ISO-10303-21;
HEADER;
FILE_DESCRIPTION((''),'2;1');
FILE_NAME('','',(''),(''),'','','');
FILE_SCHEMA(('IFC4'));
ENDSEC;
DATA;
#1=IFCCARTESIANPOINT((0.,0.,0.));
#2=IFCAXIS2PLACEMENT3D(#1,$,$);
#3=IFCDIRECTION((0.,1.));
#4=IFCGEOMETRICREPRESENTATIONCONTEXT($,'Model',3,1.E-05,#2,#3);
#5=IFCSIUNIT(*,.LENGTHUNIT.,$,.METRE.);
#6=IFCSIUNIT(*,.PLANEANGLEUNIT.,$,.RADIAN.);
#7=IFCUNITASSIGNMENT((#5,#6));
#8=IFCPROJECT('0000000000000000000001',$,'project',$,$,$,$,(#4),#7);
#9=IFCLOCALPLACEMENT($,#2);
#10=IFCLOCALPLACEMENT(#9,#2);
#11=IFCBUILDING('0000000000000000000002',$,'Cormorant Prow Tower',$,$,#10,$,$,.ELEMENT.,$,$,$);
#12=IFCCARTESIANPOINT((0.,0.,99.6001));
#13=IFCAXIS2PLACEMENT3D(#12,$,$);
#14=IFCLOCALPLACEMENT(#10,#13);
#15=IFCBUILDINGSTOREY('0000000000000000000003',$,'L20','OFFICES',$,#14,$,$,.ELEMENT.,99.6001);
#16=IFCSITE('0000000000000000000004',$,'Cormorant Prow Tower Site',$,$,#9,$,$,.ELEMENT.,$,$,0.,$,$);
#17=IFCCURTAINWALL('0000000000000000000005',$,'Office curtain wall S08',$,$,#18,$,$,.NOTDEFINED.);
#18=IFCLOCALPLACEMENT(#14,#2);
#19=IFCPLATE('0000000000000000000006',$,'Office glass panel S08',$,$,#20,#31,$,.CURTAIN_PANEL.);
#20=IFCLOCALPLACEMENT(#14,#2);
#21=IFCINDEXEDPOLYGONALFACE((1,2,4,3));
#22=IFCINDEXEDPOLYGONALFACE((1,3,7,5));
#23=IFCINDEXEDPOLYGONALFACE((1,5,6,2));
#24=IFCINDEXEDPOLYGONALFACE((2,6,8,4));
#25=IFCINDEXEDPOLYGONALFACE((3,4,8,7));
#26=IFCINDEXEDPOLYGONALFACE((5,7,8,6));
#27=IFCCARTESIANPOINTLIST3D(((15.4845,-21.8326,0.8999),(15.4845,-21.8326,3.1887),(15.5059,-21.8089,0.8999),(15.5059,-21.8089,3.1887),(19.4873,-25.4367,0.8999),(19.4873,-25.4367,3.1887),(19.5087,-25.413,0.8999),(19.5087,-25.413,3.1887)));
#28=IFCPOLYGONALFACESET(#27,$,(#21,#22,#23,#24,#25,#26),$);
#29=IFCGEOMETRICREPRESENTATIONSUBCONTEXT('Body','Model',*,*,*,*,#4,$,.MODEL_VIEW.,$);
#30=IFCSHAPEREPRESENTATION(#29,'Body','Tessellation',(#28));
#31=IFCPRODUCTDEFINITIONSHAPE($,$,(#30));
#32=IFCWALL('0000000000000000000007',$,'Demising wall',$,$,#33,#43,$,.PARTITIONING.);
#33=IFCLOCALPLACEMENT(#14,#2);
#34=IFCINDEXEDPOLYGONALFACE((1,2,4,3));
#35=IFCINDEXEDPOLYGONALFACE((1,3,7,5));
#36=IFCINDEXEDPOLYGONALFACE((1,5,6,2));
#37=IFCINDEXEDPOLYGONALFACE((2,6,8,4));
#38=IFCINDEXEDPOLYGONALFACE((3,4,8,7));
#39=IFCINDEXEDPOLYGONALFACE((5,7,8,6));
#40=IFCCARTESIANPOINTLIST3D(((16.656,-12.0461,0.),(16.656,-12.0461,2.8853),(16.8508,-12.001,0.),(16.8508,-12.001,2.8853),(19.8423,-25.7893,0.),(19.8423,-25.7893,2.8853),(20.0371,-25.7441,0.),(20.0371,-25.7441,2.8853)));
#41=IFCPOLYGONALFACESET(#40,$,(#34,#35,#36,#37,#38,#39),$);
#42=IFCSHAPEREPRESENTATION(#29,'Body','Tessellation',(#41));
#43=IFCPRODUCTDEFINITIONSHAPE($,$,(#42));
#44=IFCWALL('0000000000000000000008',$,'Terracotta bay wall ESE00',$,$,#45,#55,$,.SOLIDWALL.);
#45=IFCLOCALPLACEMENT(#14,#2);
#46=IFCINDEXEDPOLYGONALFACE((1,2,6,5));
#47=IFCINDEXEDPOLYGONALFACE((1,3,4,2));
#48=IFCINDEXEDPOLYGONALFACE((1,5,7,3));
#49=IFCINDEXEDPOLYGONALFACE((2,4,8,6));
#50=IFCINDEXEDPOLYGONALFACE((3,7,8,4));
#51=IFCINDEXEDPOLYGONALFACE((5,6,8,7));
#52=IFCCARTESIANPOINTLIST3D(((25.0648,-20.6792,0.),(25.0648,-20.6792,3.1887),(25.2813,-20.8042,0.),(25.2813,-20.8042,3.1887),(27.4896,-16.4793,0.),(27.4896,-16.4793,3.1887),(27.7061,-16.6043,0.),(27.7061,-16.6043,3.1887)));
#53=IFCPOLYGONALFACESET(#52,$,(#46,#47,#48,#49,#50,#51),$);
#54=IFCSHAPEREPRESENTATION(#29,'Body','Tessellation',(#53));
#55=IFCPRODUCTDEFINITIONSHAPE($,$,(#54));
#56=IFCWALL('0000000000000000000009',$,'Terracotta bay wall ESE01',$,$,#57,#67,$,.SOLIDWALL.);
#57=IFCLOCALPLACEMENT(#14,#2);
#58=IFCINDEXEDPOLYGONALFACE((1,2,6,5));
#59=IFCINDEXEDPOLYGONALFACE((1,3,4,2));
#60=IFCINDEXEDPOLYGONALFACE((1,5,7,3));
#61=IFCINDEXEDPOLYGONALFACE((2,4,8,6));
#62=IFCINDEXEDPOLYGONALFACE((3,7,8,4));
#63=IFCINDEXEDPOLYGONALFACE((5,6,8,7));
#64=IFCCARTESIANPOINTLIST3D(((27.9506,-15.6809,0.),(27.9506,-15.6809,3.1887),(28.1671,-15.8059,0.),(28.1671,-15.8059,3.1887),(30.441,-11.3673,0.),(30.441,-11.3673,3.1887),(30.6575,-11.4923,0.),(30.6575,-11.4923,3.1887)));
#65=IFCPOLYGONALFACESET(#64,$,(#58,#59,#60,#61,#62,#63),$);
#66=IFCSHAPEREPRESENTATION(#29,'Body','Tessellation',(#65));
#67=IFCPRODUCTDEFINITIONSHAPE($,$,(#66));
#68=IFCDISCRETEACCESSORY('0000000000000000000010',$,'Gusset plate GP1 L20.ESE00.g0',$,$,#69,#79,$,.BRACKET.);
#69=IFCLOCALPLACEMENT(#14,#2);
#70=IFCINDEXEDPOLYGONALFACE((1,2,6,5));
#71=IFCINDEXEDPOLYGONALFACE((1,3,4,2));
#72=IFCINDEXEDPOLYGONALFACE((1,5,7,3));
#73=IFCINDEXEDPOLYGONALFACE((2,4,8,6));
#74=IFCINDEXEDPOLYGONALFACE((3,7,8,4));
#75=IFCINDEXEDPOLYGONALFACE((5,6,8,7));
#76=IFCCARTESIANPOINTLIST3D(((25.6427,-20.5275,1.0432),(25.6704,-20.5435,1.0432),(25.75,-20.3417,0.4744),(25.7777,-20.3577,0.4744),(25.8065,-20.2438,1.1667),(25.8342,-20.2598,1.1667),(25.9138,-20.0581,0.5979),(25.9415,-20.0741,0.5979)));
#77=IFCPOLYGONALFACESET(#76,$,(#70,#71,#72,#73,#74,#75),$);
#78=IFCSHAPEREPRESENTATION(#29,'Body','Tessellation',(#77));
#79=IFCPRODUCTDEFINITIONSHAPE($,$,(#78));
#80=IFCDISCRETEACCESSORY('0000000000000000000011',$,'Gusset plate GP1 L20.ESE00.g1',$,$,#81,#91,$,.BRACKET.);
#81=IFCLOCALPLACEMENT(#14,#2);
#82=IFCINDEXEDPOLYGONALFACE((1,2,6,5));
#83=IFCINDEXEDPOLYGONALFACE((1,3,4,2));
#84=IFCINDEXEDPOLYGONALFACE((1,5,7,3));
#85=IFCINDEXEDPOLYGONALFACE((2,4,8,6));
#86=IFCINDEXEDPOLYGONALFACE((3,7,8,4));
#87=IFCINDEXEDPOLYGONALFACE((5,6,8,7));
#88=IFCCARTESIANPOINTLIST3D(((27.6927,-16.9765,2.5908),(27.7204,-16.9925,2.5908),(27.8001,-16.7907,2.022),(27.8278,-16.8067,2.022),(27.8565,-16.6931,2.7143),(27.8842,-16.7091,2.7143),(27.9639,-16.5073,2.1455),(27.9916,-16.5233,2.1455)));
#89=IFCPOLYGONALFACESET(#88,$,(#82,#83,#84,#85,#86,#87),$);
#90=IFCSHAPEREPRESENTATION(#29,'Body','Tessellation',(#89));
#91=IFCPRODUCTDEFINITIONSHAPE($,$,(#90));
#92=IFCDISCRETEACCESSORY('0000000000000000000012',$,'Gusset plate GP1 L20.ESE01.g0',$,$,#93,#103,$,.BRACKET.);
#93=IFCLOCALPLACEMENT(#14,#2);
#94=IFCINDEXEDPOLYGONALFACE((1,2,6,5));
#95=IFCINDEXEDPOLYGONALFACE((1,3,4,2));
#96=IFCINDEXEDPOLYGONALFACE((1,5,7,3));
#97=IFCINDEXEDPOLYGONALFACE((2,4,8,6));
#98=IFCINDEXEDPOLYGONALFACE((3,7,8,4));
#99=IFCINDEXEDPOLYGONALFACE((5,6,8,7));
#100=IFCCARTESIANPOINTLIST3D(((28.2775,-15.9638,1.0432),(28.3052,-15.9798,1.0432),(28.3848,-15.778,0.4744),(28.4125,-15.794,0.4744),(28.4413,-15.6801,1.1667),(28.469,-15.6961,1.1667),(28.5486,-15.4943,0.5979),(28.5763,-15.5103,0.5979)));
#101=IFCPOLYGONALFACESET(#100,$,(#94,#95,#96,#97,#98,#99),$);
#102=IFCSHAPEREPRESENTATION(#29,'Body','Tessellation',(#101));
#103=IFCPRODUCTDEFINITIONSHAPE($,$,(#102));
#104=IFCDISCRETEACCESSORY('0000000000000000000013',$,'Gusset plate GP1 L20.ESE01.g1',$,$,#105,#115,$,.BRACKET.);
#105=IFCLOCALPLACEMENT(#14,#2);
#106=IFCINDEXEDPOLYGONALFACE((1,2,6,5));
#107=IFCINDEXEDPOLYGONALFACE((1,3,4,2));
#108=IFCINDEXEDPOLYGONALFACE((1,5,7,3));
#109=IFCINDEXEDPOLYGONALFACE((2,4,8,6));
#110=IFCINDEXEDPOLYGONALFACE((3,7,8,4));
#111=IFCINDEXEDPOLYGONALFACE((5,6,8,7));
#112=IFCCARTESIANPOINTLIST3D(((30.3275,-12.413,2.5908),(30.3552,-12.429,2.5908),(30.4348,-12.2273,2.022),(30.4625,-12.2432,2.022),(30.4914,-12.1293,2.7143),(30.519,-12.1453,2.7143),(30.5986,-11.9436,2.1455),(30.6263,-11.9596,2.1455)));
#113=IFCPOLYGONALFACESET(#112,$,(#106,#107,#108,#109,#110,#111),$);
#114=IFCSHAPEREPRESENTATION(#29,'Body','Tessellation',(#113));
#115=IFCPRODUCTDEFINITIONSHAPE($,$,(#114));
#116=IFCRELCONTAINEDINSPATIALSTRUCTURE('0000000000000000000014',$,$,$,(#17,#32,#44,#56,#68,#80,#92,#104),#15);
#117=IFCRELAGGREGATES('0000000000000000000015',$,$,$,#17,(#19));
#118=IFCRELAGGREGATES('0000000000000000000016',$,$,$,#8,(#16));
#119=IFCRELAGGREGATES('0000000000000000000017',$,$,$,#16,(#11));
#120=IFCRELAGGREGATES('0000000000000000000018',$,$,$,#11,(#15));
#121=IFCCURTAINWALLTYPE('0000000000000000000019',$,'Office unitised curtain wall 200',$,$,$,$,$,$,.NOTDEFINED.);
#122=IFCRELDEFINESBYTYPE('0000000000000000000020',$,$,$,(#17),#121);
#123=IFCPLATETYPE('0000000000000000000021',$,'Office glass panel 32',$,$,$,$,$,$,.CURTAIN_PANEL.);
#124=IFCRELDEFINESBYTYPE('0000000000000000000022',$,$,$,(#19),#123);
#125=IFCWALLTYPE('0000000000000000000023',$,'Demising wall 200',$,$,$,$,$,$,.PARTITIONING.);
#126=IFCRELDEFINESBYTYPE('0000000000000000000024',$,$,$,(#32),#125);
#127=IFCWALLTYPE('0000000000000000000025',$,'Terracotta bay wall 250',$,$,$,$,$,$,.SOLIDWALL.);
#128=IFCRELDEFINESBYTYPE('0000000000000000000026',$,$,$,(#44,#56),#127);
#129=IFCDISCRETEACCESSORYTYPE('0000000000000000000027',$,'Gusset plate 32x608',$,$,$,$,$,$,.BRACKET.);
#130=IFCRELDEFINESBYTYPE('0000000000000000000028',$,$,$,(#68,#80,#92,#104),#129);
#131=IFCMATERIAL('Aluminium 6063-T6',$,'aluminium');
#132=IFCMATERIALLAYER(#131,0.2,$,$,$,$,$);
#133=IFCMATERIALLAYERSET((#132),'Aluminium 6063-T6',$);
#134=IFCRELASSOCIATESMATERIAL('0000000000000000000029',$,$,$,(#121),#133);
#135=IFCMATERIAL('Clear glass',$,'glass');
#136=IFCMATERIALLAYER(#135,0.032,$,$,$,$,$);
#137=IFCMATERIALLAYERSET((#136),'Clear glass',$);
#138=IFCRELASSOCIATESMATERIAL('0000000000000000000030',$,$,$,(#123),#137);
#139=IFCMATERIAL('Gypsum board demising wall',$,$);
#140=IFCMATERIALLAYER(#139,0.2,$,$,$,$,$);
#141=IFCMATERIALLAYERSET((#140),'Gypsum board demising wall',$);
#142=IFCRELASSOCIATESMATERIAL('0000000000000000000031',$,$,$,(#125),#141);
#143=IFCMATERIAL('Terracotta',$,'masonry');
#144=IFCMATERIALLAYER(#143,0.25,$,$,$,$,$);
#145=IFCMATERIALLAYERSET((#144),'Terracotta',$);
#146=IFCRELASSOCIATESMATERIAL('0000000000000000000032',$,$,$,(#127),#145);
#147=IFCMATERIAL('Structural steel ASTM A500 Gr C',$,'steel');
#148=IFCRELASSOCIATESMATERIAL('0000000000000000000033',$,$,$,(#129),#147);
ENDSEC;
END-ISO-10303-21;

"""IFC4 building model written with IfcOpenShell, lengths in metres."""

from ifc_helpers import new_model, si_unit, direction, frame, frame_2d, origin, origin_2d, place, context, subcontext, project, spatial, rectangle, extrude, material, layer, layer_set, material_profile, profile_set, type_object, element, aggregate, save


model = new_model("IFC4")

# Units and contexts
model_context = context("Model", 3, precision=1e-05, world=origin(), true_north=direction((0.0, 1.0)))
body_context = subcontext(model_context, "Body", "Model", "MODEL_VIEW")
ifc_project = project(units=[si_unit("LENGTHUNIT", "METRE"), si_unit("PLANEANGLEUNIT", "RADIAN")], contexts=[model_context])

# Site, building, storey
site_placement = place(None, origin())
site = spatial("IfcSite", under=ifc_project, at=site_placement, Name="Cormorant Prow Tower Site", CompositionType="ELEMENT", RefElevation=0.0)
building_placement = place(site_placement, origin())
building = spatial("IfcBuilding", under=site, at=building_placement, Name="Cormorant Prow Tower", CompositionType="ELEMENT")
storey_placement = place(building_placement, frame((0.0, 0.0, 99.6001)))
storey = spatial("IfcBuildingStorey", under=building, at=storey_placement, Name="L20", Description="OFFICES", CompositionType="ELEMENT", Elevation=99.6001)

# Curtain wall, plate
ifc_material_1 = material(Name="Aluminium 6063-T6", Category="aluminium")
ifc_layer_1 = layer(ifc_material_1, 0.2)
ifc_layer_set_1 = layer_set([ifc_layer_1], Name="Aluminium 6063-T6")
curtain_wall_type = type_object("IfcCurtainWallType", Name="Office unitised curtain wall 200", PredefinedType="NOTDEFINED", material=ifc_layer_set_1)
curtain_wall_placement = place(storey_placement, origin())
curtain_wall = element("IfcCurtainWall", 1, at=curtain_wall_placement, inside=storey, type_object=curtain_wall_type, Name="Office curtain wall S08", PredefinedType="NOTDEFINED")
ifc_material_2 = material(Name="Clear glass", Category="glass")
ifc_layer_2 = layer(ifc_material_2, 0.032)
ifc_layer_set_2 = layer_set([ifc_layer_2], Name="Clear glass")
plate_type = type_object("IfcPlateType", Name="Office glass panel 32", PredefinedType="CURTAIN_PANEL", material=ifc_layer_set_2)
plate_placement = place(storey_placement, frame((17.4966, -23.6228, 0.8999), z_axis=(0.0, 0.0, 1.0), x_axis=(0.743145, -0.669131, 0.0)))
plate = element("IfcPlate", 2, at=plate_placement, type_object=plate_type, Name="Office glass panel S08", PredefinedType="CURTAIN_PANEL", context=body_context, shape_type="SweptSolid", body=[
    extrude(rectangle(XDim=5.3862, YDim=0.032, at=origin_2d()), origin(), (0.0, 0.0, 1.0), 2.2888),
])
aggregate(curtain_wall, [plate])

# Walls
ifc_material_3 = material(Name="Gypsum board demising wall")
ifc_layer_3 = layer(ifc_material_3, 0.2)
ifc_layer_set_3 = layer_set([ifc_layer_3], Name="Gypsum board demising wall")
wall_type_1 = type_object("IfcWallType", Name="Demising wall 200", PredefinedType="PARTITIONING", material=ifc_layer_set_3)
wall_1_placement = place(storey_placement, frame((16.7534, -12.0237, 0.0), z_axis=(0.0, 0.0, 1.0), x_axis=(0.225854, -0.974161, 0.0)))
element("IfcWall", 3, at=wall_1_placement, inside=storey, type_object=wall_type_1, Name="Demising wall", PredefinedType="PARTITIONING", context=body_context, shape_type="SweptSolid", body=[
    extrude(rectangle(XDim=14.1077, YDim=0.2, at=frame_2d((7.0537, 0.0))), origin(), (0.0, 0.0, 1.0), 2.8853),
])
ifc_material_4 = material(Name="Terracotta", Category="masonry")
ifc_layer_4 = layer(ifc_material_4, 0.25)
ifc_layer_set_4 = layer_set([ifc_layer_4], Name="Terracotta")
wall_type_2 = type_object("IfcWallType", Name="Terracotta bay wall 250", PredefinedType="SOLIDWALL", material=ifc_layer_set_4)
wall_2_placement = place(storey_placement, frame((25.1731, -20.7417, 0.0), z_axis=(0.0, 0.0, 1.0), x_axis=(0.499994, 0.866029, 0.0)))
element("IfcWall", 4, at=wall_2_placement, inside=storey, type_object=wall_type_2, Name="Terracotta bay wall ESE00", PredefinedType="SOLIDWALL", context=body_context, shape_type="SweptSolid", body=[
    extrude(rectangle(XDim=4.8496, YDim=0.25, at=frame_2d((2.4248, 0.0))), origin(), (0.0, 0.0, 1.0), 3.1887),
])
wall_3_placement = place(storey_placement, frame((28.0588, -15.7434, 0.0), z_axis=(0.0, 0.0, 1.0), x_axis=(0.499993, 0.86603, 0.0)))
element("IfcWall", 5, at=wall_3_placement, inside=storey, type_object=wall_type_2, Name="Terracotta bay wall ESE01", PredefinedType="SOLIDWALL", context=body_context, shape_type="SweptSolid", body=[
    extrude(rectangle(XDim=4.981, YDim=0.25, at=frame_2d((2.4905, 0.0))), origin(), (0.0, 0.0, 1.0), 3.1887),
])

# Discrete accessories
ifc_material_5 = material(Name="Structural steel ASTM A500 Gr C", Category="steel")
ifc_material_profile_1 = material_profile(ifc_material_5, rectangle(XDim=0.032, YDim=0.6079, at=origin_2d()), Name="Gusset plate 32x608")
ifc_profile_set_1 = profile_set([ifc_material_profile_1], Name="Structural steel ASTM A500 Gr C")
discrete_accessory_type = type_object("IfcDiscreteAccessoryType", Name="Gusset plate 32x608", PredefinedType="BRACKET", material=ifc_profile_set_1)
discrete_accessory_1_placement = place(storey_placement, frame((25.874, -20.1589, 0.8823), z_axis=(-0.467903, -0.810288, -0.352845), x_axis=(0.865987, -0.500067, 0.0)))
element("IfcDiscreteAccessory", 6, at=discrete_accessory_1_placement, inside=storey, type_object=discrete_accessory_type, Name="Gusset plate GP1 L20.ESE00.g0", PredefinedType="BRACKET", context=body_context, shape_type="SweptSolid", body=[
    extrude(rectangle(XDim=0.032, YDim=0.6079, at=origin_2d()), origin(), (0.0, 0.0, 1.0), 0.3501),
])
discrete_accessory_2_placement = place(storey_placement, frame((27.7603, -16.8916, 2.3064), z_axis=(0.468168, 0.810049, 0.353044), x_axis=(-0.8658, 0.500389, 0.0)))
element("IfcDiscreteAccessory", 7, at=discrete_accessory_2_placement, inside=storey, type_object=discrete_accessory_type, Name="Gusset plate GP1 L20.ESE00.g1", PredefinedType="BRACKET", context=body_context, shape_type="SweptSolid", body=[
    extrude(rectangle(XDim=0.032, YDim=0.6079, at=origin_2d()), origin(), (0.0, 0.0, 1.0), 0.3499),
])
for number, where, z_axis, x_axis, name in (
    (8, (28.5088, -15.5952, 0.8823), (-0.467903, -0.810288, -0.352845), (0.865987, -0.500067, 0.0), "Gusset plate GP1 L20.ESE01.g0"),
    (9, (30.395, -12.3281, 2.3064), (0.467903, 0.810288, 0.352845), (-0.865987, 0.500067, 0.0), "Gusset plate GP1 L20.ESE01.g1"),
):
    element("IfcDiscreteAccessory", number, at=place(storey_placement, frame(where, z_axis=z_axis, x_axis=x_axis)), inside=storey, type_object=discrete_accessory_type, Name=name, PredefinedType="BRACKET", context=body_context, shape_type="SweptSolid", body=[
        extrude(rectangle(XDim=0.032, YDim=0.6079, at=origin_2d()), origin(), (0.0, 0.0, 1.0), 0.3501),
    ])

save(model, "model.ifc")
